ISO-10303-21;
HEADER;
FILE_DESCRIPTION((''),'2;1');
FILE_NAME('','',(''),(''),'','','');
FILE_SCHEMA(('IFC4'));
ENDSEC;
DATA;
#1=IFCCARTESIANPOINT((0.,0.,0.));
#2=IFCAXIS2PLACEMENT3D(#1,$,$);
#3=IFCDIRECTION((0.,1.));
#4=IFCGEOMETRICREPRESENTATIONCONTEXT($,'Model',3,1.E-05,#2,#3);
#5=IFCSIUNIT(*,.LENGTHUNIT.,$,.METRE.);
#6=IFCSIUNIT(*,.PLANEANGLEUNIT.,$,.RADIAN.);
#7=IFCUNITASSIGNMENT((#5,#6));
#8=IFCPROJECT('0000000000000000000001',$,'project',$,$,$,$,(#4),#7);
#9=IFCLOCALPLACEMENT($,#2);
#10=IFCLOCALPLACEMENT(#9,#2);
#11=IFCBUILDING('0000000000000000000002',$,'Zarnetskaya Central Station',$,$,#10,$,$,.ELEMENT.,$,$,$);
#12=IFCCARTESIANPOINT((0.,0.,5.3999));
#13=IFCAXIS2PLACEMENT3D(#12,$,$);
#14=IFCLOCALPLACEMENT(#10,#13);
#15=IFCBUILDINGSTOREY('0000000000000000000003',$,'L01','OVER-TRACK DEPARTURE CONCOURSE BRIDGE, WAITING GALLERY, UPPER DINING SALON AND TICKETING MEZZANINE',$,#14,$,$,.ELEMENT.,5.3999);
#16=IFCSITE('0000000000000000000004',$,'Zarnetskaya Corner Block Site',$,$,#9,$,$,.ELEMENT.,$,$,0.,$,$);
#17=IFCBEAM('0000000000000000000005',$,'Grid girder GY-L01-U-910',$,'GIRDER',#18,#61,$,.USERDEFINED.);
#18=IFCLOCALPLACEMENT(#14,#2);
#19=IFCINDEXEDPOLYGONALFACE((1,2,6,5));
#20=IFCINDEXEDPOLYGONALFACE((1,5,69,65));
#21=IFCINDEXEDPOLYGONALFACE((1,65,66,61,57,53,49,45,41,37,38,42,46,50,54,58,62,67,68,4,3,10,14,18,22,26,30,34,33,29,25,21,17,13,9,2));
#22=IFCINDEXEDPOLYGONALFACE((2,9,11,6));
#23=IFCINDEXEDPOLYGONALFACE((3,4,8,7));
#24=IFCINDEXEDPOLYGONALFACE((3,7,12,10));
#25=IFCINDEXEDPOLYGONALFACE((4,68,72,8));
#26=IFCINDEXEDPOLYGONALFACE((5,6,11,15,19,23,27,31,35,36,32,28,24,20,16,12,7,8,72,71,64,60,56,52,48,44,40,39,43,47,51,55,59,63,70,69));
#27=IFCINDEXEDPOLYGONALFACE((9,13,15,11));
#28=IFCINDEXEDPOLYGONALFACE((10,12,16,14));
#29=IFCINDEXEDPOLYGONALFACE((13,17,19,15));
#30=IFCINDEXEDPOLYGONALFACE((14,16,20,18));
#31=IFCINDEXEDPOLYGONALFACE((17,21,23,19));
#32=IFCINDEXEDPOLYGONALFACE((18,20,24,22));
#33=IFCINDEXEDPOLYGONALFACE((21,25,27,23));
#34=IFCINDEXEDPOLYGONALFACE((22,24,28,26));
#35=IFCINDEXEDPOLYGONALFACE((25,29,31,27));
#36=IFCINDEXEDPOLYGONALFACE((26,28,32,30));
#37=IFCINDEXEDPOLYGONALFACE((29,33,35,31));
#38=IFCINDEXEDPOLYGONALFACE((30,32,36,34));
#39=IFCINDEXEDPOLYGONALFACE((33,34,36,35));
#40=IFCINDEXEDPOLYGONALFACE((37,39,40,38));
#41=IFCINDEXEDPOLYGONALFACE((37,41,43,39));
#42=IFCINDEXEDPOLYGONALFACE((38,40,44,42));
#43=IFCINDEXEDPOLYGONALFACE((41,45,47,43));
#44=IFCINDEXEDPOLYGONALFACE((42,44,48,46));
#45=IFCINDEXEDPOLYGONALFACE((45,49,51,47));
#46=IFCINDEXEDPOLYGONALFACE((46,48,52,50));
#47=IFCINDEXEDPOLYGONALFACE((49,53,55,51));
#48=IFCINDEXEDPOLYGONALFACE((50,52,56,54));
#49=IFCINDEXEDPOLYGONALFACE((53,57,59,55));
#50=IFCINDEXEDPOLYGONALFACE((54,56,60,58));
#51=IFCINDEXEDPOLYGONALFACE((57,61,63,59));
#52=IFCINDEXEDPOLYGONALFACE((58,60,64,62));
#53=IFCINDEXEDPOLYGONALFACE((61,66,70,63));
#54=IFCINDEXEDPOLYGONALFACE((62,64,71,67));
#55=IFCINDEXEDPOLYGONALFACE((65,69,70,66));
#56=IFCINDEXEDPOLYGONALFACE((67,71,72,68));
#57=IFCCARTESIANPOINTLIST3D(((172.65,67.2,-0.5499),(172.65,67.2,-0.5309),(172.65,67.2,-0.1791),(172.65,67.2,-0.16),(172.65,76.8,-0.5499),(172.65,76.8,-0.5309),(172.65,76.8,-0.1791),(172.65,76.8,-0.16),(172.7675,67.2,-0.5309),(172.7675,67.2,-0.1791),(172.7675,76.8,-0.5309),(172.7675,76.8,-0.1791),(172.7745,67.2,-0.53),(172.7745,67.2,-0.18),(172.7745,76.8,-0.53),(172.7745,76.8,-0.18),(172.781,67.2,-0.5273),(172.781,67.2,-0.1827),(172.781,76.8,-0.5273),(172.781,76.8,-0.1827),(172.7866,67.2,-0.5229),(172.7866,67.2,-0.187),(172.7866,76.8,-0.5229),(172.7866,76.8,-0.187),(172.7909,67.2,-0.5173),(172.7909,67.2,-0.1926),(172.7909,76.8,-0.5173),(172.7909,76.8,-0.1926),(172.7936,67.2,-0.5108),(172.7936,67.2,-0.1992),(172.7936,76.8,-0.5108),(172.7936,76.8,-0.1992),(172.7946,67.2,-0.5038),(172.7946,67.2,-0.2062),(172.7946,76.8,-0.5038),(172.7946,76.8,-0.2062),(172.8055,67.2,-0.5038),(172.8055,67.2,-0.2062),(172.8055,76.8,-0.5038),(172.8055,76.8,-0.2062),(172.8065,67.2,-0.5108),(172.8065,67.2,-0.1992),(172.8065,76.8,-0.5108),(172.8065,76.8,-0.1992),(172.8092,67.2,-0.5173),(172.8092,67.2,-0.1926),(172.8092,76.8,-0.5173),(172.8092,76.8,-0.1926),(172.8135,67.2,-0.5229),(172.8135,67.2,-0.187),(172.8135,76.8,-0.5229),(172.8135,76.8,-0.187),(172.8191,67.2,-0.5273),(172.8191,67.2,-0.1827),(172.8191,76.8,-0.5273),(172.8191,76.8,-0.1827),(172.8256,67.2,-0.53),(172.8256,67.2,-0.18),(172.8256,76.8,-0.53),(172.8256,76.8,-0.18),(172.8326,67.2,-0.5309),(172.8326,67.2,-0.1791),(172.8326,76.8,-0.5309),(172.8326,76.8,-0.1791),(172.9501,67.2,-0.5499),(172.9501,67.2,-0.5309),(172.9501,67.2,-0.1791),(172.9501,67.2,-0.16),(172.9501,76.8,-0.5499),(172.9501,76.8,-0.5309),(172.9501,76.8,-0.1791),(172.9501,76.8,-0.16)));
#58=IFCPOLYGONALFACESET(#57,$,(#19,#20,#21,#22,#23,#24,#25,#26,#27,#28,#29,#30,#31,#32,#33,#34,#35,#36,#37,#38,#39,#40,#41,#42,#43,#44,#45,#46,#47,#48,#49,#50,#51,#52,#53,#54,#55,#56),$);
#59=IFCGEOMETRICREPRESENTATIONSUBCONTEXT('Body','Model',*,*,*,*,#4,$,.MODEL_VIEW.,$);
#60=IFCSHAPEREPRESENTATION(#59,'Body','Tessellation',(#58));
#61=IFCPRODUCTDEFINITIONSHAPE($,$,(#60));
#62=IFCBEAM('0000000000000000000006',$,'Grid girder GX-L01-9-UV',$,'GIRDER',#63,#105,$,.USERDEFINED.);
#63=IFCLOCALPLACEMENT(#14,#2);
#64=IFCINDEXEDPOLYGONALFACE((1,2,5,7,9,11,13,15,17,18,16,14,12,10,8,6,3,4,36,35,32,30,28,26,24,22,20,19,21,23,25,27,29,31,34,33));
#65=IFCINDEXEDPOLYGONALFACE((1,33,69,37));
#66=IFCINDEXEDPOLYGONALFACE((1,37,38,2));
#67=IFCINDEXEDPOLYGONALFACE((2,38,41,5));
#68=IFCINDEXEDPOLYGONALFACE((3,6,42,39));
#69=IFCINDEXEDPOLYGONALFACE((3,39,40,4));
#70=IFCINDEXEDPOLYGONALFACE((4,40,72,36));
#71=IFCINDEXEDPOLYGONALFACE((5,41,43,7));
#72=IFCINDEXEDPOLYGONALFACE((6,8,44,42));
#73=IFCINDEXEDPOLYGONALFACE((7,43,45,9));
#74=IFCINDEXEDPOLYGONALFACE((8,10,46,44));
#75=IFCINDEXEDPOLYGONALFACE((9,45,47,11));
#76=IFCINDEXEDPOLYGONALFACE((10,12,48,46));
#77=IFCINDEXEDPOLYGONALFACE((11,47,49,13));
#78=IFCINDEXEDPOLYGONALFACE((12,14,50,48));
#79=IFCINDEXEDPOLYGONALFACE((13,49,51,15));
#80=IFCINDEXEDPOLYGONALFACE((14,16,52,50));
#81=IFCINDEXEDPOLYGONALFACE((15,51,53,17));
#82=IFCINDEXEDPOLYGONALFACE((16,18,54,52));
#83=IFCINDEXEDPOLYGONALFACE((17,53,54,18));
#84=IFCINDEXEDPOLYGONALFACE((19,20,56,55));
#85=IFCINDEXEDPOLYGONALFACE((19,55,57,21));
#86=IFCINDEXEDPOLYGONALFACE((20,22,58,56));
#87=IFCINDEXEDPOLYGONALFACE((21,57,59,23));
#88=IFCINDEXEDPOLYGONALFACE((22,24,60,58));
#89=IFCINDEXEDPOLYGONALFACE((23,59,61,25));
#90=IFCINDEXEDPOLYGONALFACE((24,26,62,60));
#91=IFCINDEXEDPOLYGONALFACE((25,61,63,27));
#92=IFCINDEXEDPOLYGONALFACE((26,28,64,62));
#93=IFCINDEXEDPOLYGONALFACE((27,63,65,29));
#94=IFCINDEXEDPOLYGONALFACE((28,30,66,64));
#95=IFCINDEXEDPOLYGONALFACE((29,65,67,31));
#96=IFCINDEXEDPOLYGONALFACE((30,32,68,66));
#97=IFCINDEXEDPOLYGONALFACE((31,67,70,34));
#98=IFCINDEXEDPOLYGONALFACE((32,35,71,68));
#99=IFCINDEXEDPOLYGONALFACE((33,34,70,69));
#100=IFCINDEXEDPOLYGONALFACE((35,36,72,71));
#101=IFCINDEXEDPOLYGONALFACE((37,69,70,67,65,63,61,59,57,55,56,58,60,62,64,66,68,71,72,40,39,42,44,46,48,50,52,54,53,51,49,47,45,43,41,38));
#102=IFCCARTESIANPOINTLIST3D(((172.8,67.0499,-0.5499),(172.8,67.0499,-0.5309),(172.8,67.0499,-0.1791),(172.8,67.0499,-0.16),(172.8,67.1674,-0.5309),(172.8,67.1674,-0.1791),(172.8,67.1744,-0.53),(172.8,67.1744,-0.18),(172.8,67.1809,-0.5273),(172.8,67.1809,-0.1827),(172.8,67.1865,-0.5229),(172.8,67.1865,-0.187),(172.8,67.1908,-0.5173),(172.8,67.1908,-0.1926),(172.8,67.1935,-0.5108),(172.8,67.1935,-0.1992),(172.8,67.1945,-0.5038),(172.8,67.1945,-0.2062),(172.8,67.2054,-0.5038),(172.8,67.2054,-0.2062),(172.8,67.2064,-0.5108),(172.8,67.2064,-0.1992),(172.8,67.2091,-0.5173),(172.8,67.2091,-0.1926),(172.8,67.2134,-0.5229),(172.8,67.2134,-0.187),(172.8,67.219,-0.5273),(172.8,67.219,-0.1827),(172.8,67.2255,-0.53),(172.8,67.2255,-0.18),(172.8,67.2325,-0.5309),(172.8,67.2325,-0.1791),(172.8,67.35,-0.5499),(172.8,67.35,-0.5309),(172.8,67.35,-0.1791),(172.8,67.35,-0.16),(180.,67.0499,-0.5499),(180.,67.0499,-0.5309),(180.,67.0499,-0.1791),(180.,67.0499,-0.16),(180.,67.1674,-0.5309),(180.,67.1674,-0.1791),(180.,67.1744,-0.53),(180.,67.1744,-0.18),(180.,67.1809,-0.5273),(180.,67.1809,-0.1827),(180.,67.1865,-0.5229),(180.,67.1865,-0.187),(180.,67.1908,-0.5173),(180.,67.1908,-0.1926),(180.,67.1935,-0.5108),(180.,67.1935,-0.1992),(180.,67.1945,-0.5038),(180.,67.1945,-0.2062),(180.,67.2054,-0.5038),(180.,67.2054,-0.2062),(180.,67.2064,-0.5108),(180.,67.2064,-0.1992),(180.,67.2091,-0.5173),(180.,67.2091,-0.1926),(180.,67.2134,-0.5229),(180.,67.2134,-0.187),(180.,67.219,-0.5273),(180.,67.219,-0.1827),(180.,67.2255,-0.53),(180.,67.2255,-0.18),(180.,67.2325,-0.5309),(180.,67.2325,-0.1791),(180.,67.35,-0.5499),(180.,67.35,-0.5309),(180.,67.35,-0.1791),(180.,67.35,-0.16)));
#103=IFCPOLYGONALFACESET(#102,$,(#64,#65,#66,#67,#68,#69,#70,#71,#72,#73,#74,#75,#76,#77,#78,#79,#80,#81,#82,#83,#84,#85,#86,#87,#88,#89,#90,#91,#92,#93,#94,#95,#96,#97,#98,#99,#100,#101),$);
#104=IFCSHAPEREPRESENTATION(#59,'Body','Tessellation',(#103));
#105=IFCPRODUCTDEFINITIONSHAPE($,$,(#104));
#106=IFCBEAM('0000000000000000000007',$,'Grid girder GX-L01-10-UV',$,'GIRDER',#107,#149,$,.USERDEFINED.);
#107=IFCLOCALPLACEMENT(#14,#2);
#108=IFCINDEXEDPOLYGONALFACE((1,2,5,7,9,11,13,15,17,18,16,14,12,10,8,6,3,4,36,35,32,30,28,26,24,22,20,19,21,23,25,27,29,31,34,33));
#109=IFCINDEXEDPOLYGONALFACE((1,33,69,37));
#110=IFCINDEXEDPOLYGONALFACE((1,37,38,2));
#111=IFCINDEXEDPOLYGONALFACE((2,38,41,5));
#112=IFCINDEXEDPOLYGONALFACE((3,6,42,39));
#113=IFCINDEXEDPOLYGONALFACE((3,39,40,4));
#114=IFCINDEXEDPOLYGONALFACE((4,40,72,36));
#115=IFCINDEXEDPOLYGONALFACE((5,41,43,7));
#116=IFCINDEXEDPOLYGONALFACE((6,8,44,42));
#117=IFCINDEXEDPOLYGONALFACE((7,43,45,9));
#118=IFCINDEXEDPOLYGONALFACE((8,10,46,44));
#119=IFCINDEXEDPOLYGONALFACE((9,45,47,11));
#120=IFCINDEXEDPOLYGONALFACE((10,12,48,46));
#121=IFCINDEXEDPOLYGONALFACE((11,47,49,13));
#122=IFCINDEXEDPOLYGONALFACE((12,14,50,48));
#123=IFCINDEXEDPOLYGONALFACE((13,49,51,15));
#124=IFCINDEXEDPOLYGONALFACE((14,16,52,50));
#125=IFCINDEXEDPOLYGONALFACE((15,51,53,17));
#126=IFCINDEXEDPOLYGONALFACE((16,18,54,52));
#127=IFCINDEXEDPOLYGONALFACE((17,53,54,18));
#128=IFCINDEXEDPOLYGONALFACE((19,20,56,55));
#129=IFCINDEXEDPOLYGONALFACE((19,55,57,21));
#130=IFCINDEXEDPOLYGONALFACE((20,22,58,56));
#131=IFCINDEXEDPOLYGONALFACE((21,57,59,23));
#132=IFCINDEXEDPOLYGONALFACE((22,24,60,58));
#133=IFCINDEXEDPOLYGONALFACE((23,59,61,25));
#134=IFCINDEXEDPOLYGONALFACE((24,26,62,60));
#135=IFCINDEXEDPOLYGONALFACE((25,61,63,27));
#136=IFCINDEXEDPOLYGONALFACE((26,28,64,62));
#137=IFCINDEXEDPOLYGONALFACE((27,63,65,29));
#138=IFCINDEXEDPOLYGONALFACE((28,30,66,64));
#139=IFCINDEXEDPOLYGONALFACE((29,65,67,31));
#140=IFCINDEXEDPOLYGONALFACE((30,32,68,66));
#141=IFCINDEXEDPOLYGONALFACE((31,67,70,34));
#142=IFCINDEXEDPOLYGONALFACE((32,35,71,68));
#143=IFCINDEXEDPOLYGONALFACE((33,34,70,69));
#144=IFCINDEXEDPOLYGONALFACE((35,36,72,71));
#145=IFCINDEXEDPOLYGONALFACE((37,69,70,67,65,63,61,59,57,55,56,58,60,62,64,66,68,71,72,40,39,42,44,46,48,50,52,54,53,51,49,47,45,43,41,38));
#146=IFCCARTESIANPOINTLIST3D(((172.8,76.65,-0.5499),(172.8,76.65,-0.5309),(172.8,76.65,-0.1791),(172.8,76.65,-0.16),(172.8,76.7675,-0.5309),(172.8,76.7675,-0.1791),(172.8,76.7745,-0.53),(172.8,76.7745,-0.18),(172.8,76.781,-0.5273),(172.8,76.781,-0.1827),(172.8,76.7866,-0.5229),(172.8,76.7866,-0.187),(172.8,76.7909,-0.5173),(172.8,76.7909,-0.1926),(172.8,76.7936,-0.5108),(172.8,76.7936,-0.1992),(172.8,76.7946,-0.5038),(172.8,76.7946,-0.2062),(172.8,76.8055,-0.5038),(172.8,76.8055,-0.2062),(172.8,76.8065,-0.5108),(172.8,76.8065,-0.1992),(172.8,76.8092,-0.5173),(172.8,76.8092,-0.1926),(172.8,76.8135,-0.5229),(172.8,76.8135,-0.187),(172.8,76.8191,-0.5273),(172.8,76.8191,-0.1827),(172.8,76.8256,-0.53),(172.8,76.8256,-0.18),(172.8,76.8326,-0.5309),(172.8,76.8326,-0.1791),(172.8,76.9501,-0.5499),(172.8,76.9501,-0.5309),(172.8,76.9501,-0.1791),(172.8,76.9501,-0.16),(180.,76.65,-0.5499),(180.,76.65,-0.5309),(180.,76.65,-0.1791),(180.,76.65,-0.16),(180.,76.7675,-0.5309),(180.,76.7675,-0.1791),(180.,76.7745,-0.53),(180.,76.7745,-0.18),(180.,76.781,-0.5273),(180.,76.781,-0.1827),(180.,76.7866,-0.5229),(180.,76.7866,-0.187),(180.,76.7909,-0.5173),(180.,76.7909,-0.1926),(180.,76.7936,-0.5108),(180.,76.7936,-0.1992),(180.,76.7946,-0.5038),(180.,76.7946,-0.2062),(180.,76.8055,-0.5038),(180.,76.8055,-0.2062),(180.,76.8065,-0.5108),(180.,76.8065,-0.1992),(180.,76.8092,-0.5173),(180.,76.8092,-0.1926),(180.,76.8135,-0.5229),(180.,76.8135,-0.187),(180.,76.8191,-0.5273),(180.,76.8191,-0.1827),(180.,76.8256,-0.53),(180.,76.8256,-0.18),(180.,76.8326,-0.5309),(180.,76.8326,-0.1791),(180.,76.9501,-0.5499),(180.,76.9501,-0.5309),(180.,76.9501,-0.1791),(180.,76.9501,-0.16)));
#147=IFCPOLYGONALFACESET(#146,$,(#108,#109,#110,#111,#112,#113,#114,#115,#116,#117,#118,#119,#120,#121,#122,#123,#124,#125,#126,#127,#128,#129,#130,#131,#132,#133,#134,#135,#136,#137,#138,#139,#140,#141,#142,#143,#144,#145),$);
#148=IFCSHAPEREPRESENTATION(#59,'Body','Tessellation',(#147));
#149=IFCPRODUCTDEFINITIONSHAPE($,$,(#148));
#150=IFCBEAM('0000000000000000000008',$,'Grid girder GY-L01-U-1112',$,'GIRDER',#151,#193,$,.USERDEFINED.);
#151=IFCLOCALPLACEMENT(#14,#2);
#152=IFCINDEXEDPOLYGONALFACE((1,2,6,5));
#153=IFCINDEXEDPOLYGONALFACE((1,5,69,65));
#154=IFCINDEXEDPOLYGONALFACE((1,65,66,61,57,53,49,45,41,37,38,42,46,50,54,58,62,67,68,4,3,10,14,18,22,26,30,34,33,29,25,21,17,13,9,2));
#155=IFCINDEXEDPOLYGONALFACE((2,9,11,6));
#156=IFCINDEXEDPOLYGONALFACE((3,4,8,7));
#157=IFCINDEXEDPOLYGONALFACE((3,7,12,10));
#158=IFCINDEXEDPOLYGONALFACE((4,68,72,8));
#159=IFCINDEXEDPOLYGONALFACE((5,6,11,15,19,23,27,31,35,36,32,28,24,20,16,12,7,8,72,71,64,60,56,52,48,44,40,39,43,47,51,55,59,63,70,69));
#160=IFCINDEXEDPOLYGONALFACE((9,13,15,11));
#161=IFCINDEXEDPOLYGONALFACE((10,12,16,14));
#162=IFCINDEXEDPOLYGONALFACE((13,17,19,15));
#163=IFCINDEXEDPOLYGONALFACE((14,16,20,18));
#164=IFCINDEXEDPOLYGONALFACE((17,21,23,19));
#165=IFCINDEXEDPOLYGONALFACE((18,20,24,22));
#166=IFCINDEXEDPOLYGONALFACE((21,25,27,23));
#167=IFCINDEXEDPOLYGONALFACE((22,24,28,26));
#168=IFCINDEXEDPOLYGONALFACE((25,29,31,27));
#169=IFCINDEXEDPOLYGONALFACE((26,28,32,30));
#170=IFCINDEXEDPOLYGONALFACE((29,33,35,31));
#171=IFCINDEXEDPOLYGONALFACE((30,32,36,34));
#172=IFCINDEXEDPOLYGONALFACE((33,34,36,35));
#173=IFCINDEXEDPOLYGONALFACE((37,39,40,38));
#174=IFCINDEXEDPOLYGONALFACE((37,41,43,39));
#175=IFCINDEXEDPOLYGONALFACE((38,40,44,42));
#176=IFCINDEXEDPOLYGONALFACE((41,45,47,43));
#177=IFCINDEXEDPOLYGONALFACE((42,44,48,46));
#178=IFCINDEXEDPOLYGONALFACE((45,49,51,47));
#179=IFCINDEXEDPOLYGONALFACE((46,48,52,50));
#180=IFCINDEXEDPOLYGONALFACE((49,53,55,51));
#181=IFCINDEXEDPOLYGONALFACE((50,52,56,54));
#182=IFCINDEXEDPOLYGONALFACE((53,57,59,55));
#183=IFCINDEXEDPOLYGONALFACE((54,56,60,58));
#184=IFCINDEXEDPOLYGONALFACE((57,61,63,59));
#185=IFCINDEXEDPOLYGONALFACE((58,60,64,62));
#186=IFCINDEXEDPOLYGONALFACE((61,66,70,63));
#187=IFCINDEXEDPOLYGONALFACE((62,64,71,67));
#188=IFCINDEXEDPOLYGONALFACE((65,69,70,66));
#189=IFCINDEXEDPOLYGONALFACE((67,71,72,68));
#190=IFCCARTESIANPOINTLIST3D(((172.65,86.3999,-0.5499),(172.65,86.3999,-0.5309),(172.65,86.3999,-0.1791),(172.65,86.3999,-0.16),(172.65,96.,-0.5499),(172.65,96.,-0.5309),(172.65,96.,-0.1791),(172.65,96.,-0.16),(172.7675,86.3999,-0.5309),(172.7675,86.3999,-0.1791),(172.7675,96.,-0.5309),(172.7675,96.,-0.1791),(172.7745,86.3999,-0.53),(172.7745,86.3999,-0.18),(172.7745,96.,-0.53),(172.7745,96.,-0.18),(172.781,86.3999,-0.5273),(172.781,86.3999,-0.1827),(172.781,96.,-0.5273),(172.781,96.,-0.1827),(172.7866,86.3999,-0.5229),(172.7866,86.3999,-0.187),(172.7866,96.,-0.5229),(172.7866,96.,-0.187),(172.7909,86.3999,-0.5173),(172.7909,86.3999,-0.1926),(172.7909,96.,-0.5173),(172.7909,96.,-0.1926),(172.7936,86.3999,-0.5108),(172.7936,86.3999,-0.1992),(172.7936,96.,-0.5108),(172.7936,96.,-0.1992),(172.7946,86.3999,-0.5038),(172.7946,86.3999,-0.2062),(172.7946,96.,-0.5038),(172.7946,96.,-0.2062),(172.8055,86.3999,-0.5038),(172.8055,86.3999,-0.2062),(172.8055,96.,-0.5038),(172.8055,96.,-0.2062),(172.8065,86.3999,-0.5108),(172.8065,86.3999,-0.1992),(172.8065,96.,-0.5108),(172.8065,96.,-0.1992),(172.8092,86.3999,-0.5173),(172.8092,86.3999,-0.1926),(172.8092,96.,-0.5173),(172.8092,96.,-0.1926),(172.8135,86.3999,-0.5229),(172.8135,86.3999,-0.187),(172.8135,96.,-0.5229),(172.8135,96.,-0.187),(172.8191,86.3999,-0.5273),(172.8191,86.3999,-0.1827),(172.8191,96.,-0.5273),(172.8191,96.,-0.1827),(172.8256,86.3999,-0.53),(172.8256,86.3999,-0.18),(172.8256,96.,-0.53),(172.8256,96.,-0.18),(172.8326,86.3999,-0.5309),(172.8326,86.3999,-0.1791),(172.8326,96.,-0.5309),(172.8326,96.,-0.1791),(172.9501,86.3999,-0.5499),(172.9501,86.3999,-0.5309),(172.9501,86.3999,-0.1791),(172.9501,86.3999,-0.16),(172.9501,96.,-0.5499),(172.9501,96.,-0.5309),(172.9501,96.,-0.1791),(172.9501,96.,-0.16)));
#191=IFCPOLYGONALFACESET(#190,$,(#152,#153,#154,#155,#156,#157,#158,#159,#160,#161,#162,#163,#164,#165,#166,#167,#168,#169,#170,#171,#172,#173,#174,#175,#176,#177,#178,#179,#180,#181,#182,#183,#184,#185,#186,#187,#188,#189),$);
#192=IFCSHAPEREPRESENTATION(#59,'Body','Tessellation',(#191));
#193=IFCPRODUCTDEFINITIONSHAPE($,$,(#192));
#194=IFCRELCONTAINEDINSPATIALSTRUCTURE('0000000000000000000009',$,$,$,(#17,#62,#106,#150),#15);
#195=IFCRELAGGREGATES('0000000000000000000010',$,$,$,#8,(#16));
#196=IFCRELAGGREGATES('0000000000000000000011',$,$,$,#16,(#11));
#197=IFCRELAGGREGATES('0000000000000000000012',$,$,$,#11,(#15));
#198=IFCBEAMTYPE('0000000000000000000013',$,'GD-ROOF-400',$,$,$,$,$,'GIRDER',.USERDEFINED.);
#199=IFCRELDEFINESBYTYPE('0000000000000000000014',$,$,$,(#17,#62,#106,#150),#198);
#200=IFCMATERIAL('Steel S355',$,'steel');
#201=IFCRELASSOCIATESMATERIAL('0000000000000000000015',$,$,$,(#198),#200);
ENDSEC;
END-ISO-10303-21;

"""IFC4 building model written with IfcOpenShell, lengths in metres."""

from ifc_helpers import new_model, si_unit, direction, frame, origin, origin_2d, place, context, subcontext, project, spatial, i_section, extrude, material, material_profile, profile_set, type_object, element, save


model = new_model("IFC4")

# Units and contexts
model_context = context("Model", 3, precision=1e-05, world=origin(), true_north=direction((0.0, 1.0)))
body_context = subcontext(model_context, "Body", "Model", "MODEL_VIEW")
ifc_project = project(units=[si_unit("LENGTHUNIT", "METRE"), si_unit("PLANEANGLEUNIT", "RADIAN")], contexts=[model_context])

# Site, building, storey
site_placement = place(None, origin())
site = spatial("IfcSite", under=ifc_project, at=site_placement, Name="Zarnetskaya Corner Block Site", CompositionType="ELEMENT", RefElevation=0.0)
building_placement = place(site_placement, origin())
building = spatial("IfcBuilding", under=site, at=building_placement, Name="Zarnetskaya Central Station", CompositionType="ELEMENT")
storey_placement = place(building_placement, frame((0.0, 0.0, 5.3999)))
storey = spatial("IfcBuildingStorey", under=building, at=storey_placement, Name="L01", Description="OVER-TRACK DEPARTURE CONCOURSE BRIDGE, WAITING GALLERY, UPPER DINING SALON AND TICKETING MEZZANINE", CompositionType="ELEMENT", Elevation=5.3999)

# Beams
ifc_material = material(Name="Steel S355", Category="steel")
ifc_material_profile_1 = material_profile(ifc_material, i_section(OverallWidth=0.3, OverallDepth=0.3899, WebThickness=0.011, FlangeThickness=0.019, FilletRadius=0.0271, at=origin_2d()), Name="HEA 400")
ifc_profile_set_1 = profile_set([ifc_material_profile_1], Name="Steel S355")
beam_type_1 = type_object("IfcBeamType", Name="GD-ROOF-400", ElementType="GIRDER", PredefinedType="USERDEFINED", material=ifc_profile_set_1)
for number, where, z_axis, x_axis, name in (
    (1, (172.8, 67.2, -0.355), (0.0, 1.0, 0.0), (-1.0, 0.0, 0.0), "Grid girder GY-L01-U-910"),
):
    element("IfcBeam", number, at=place(storey_placement, frame(where, z_axis=z_axis, x_axis=x_axis)), inside=storey, type_object=beam_type_1, Name=name, ObjectType="GIRDER", PredefinedType="USERDEFINED", context=body_context, shape_type="SweptSolid", body=[
        extrude(i_section(OverallWidth=0.3, OverallDepth=0.3899, WebThickness=0.011, FlangeThickness=0.019, FilletRadius=0.0271, at=origin_2d()), origin(), (0.0, 0.0, 1.0), 9.6001),
    ])
for number, where, z_axis, x_axis, name in (
    (2, (172.8, 67.2, -0.355), (1.0, 0.0, 0.0), (0.0, 1.0, 0.0), "Grid girder GX-L01-9-UV"),
    (3, (172.8, 76.8, -0.355), (1.0, 0.0, 0.0), (0.0, 1.0, 0.0), "Grid girder GX-L01-10-UV"),
):
    element("IfcBeam", number, at=place(storey_placement, frame(where, z_axis=z_axis, x_axis=x_axis)), inside=storey, type_object=beam_type_1, Name=name, ObjectType="GIRDER", PredefinedType="USERDEFINED", context=body_context, shape_type="SweptSolid", body=[
        extrude(i_section(OverallWidth=0.3, OverallDepth=0.3899, WebThickness=0.011, FlangeThickness=0.019, FilletRadius=0.0271, at=origin_2d()), origin(), (0.0, 0.0, 1.0), 7.2),
    ])
beam_1_placement = place(storey_placement, frame((172.8, 86.3999, -0.355), z_axis=(0.0, 1.0, 0.0), x_axis=(-1.0, 0.0, 0.0)))
element("IfcBeam", 4, at=beam_1_placement, inside=storey, type_object=beam_type_1, Name="Grid girder GY-L01-U-1112", ObjectType="GIRDER", PredefinedType="USERDEFINED", context=body_context, shape_type="SweptSolid", body=[
    extrude(i_section(OverallWidth=0.3, OverallDepth=0.3899, WebThickness=0.011, FlangeThickness=0.019, FilletRadius=0.0271, at=origin_2d()), origin(), (0.0, 0.0, 1.0), 9.6001),
])

save(model, "model.ifc")
